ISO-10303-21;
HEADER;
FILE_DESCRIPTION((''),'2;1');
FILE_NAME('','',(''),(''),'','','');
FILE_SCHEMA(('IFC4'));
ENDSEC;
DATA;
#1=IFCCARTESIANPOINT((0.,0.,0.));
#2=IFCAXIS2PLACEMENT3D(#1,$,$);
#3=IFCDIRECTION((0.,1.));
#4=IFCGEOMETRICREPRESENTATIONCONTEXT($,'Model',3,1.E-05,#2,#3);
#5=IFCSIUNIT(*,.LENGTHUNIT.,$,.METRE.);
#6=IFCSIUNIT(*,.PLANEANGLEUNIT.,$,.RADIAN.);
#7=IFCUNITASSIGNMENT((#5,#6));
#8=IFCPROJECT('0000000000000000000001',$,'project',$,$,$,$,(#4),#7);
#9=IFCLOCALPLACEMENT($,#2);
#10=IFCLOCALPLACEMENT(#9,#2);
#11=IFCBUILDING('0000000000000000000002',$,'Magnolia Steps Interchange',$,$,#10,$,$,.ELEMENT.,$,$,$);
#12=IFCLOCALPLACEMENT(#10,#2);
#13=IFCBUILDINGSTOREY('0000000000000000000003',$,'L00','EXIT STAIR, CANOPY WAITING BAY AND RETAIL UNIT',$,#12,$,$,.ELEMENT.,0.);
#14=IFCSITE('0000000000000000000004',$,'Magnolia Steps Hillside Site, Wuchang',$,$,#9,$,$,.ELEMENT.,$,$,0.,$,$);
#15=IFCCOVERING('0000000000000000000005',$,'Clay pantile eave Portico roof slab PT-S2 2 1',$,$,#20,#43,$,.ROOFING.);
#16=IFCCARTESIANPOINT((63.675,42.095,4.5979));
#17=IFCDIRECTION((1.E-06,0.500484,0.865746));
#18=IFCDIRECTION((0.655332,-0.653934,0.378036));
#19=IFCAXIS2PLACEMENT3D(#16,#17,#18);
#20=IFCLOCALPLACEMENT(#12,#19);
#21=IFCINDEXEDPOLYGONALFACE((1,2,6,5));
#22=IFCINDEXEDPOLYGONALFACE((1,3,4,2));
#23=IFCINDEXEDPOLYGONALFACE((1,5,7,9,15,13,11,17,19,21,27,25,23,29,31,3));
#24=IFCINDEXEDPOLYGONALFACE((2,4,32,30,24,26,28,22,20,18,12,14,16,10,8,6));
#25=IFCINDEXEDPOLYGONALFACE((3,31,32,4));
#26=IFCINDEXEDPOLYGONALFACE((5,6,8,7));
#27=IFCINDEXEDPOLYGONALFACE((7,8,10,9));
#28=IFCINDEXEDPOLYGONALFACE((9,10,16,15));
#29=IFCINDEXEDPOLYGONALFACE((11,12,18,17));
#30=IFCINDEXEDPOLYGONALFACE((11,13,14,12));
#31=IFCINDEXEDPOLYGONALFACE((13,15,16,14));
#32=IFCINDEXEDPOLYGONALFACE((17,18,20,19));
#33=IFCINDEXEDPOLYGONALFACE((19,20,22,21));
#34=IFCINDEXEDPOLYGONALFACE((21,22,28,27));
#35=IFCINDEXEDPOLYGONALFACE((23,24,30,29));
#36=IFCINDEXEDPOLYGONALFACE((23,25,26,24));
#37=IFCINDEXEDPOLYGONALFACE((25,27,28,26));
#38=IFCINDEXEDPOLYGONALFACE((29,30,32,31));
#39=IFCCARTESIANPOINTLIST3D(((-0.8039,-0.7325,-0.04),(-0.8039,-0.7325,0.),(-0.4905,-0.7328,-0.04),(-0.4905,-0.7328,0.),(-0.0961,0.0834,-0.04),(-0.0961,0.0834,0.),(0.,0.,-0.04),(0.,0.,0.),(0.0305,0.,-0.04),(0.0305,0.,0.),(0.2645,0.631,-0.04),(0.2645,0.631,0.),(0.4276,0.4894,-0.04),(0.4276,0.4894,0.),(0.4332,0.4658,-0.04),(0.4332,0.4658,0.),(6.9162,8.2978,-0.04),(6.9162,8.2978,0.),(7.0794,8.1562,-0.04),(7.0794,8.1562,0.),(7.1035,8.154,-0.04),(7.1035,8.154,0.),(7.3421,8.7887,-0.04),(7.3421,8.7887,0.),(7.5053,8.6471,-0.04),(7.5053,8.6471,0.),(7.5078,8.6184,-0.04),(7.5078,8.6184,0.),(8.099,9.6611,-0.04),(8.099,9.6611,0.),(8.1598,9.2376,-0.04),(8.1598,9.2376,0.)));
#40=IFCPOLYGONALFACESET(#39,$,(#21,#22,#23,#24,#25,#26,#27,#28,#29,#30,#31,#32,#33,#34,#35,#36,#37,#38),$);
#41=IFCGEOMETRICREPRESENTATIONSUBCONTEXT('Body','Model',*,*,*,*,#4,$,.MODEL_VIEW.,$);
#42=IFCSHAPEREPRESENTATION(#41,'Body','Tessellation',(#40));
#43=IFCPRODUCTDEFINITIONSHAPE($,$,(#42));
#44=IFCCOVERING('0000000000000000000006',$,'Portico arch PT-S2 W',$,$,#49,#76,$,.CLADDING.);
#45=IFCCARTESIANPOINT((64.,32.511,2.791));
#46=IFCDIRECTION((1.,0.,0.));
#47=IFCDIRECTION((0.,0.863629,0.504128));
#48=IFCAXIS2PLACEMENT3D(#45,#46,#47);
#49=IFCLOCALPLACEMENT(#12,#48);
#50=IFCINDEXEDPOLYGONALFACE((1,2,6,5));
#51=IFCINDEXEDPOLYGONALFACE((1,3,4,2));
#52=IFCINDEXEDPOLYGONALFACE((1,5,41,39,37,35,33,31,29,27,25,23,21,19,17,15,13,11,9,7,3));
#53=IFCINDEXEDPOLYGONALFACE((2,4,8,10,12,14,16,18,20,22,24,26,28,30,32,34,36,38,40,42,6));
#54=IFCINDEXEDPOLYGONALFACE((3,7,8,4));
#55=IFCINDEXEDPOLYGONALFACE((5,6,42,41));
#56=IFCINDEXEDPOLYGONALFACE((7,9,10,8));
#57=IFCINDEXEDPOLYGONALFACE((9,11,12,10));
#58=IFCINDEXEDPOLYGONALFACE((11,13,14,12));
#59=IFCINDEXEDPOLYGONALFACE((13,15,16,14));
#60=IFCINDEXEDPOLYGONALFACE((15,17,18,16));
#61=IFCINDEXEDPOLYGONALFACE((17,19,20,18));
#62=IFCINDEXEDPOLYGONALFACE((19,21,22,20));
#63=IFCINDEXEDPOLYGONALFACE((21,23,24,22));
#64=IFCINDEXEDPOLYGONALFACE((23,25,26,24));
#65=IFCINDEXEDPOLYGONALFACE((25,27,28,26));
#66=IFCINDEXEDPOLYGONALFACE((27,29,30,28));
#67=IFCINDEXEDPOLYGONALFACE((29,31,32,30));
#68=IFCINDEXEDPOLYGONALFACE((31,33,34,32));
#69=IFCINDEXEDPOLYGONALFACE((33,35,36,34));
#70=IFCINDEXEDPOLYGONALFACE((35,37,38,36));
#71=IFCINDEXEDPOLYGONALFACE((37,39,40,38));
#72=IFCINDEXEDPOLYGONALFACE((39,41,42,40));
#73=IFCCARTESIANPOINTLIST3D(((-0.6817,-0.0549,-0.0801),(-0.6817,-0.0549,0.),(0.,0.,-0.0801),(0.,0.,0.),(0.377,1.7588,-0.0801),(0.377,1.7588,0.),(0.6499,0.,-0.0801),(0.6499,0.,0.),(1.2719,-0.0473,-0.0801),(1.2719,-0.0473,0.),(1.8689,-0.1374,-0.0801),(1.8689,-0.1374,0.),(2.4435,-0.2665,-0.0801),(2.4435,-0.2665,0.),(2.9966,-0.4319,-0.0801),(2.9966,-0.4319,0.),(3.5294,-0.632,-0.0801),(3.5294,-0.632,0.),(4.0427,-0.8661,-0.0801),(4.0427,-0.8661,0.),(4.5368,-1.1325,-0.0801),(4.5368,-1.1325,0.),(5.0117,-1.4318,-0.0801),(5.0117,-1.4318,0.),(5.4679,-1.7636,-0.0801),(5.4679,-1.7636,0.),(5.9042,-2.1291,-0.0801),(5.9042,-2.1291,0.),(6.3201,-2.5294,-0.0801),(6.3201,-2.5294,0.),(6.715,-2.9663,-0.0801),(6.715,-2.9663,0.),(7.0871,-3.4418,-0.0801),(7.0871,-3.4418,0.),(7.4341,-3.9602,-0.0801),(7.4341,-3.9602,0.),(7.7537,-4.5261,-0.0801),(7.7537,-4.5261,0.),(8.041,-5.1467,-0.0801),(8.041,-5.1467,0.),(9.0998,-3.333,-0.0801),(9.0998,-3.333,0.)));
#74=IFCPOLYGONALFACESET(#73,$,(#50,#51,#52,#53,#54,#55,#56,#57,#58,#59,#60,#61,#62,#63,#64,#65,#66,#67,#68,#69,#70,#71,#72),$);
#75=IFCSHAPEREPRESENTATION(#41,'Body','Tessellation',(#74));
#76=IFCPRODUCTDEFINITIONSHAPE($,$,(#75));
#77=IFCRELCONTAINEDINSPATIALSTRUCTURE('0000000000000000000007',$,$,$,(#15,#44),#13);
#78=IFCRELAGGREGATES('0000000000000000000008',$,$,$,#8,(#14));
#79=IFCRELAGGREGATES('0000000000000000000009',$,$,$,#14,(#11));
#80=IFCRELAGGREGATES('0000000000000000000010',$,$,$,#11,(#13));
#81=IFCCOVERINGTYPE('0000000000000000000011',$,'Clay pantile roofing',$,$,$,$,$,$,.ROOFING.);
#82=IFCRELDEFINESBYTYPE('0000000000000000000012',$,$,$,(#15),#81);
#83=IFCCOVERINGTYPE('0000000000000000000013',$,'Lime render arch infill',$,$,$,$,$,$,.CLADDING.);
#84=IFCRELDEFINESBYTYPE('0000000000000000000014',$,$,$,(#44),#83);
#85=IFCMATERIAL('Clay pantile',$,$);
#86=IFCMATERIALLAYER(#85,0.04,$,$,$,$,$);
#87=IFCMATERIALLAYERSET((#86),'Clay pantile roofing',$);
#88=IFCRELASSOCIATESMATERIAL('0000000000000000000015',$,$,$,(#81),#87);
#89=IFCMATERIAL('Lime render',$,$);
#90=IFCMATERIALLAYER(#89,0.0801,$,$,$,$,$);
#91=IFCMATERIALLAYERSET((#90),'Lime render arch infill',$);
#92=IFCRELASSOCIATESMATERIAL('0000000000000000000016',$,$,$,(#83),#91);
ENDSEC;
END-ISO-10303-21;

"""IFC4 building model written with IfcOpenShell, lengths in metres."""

from ifc_helpers import new_model, si_unit, direction, frame, origin, place, context, subcontext, project, spatial, polyline, outline, extrude, material, layer, layer_set, type_object, element, save


model = new_model("IFC4")

# Units and contexts
model_context = context("Model", 3, precision=1e-05, world=origin(), true_north=direction((0.0, 1.0)))
body_context = subcontext(model_context, "Body", "Model", "MODEL_VIEW")
ifc_project = project(units=[si_unit("LENGTHUNIT", "METRE"), si_unit("PLANEANGLEUNIT", "RADIAN")], contexts=[model_context])

# Site, building, storey
site_placement = place(None, origin())
site = spatial("IfcSite", under=ifc_project, at=site_placement, Name="Magnolia Steps Hillside Site, Wuchang", CompositionType="ELEMENT", RefElevation=0.0)
building_placement = place(site_placement, origin())
building = spatial("IfcBuilding", under=site, at=building_placement, Name="Magnolia Steps Interchange", CompositionType="ELEMENT")
storey_placement = place(building_placement, origin())
storey = spatial("IfcBuildingStorey", under=building, at=storey_placement, Name="L00", Description="EXIT STAIR, CANOPY WAITING BAY AND RETAIL UNIT", CompositionType="ELEMENT", Elevation=0.0)

# Coverings
ifc_material_1 = material(Name="Clay pantile")
ifc_layer_1 = layer(ifc_material_1, 0.04)
ifc_layer_set_1 = layer_set([ifc_layer_1], Name="Clay pantile roofing")
covering_type_1 = type_object("IfcCoveringType", Name="Clay pantile roofing", PredefinedType="ROOFING", material=ifc_layer_set_1)
covering_1_placement = place(storey_placement, frame((63.675, 42.095, 4.5979), z_axis=(0.000001, 0.500484, 0.865746), x_axis=(0.655332, -0.653934, 0.378036)))
element("IfcCovering", 1, at=covering_1_placement, inside=storey, type_object=covering_type_1, Name="Clay pantile eave Portico roof slab PT-S2 2 1", PredefinedType="ROOFING", context=body_context, shape_type="SweptSolid", body=[
    extrude(outline(polyline([(0.0, 0.0), (0.0305, 0.0), (0.4332, 0.4658), (0.4276, 0.4894), (0.2645, 0.631), (6.9162, 8.2978), (7.0794, 8.1562), (7.1035, 8.154), (7.5078, 8.6184), (7.5053, 8.6471), (7.3421, 8.7887), (8.099, 9.6611), (8.1598, 9.2376), (-0.4905, -0.7328), (-0.8039, -0.7325), (-0.0961, 0.0834), (0.0, 0.0)])), origin(), (0.0, 0.0, -1.0), 0.04),
])
ifc_material_2 = material(Name="Lime render")
ifc_layer_2 = layer(ifc_material_2, 0.0801)
ifc_layer_set_2 = layer_set([ifc_layer_2], Name="Lime render arch infill")
covering_type_2 = type_object("IfcCoveringType", Name="Lime render arch infill", PredefinedType="CLADDING", material=ifc_layer_set_2)
covering_2_placement = place(storey_placement, frame((64.0, 32.511, 2.791), z_axis=(1.0, 0.0, 0.0), x_axis=(0.0, 0.863629, 0.504128)))
element("IfcCovering", 2, at=covering_2_placement, inside=storey, type_object=covering_type_2, Name="Portico arch PT-S2 W", PredefinedType="CLADDING", context=body_context, shape_type="SweptSolid", body=[
    extrude(outline(polyline([(0.0, 0.0), (0.6499, 0.0), (1.2719, -0.0473), (1.8689, -0.1374), (2.4435, -0.2665), (2.9966, -0.4319), (3.5294, -0.632), (4.0427, -0.8661), (4.5368, -1.1325), (5.0117, -1.4318), (5.4679, -1.7636), (5.9042, -2.1291), (6.3201, -2.5294), (6.715, -2.9663), (7.0871, -3.4418), (7.4341, -3.9602), (7.7537, -4.5261), (8.041, -5.1467), (9.0998, -3.333), (0.377, 1.7588), (-0.6817, -0.0549), (0.0, 0.0)])), origin(), (0.0, 0.0, -1.0), 0.0801),
])

save(model, "model.ifc")
